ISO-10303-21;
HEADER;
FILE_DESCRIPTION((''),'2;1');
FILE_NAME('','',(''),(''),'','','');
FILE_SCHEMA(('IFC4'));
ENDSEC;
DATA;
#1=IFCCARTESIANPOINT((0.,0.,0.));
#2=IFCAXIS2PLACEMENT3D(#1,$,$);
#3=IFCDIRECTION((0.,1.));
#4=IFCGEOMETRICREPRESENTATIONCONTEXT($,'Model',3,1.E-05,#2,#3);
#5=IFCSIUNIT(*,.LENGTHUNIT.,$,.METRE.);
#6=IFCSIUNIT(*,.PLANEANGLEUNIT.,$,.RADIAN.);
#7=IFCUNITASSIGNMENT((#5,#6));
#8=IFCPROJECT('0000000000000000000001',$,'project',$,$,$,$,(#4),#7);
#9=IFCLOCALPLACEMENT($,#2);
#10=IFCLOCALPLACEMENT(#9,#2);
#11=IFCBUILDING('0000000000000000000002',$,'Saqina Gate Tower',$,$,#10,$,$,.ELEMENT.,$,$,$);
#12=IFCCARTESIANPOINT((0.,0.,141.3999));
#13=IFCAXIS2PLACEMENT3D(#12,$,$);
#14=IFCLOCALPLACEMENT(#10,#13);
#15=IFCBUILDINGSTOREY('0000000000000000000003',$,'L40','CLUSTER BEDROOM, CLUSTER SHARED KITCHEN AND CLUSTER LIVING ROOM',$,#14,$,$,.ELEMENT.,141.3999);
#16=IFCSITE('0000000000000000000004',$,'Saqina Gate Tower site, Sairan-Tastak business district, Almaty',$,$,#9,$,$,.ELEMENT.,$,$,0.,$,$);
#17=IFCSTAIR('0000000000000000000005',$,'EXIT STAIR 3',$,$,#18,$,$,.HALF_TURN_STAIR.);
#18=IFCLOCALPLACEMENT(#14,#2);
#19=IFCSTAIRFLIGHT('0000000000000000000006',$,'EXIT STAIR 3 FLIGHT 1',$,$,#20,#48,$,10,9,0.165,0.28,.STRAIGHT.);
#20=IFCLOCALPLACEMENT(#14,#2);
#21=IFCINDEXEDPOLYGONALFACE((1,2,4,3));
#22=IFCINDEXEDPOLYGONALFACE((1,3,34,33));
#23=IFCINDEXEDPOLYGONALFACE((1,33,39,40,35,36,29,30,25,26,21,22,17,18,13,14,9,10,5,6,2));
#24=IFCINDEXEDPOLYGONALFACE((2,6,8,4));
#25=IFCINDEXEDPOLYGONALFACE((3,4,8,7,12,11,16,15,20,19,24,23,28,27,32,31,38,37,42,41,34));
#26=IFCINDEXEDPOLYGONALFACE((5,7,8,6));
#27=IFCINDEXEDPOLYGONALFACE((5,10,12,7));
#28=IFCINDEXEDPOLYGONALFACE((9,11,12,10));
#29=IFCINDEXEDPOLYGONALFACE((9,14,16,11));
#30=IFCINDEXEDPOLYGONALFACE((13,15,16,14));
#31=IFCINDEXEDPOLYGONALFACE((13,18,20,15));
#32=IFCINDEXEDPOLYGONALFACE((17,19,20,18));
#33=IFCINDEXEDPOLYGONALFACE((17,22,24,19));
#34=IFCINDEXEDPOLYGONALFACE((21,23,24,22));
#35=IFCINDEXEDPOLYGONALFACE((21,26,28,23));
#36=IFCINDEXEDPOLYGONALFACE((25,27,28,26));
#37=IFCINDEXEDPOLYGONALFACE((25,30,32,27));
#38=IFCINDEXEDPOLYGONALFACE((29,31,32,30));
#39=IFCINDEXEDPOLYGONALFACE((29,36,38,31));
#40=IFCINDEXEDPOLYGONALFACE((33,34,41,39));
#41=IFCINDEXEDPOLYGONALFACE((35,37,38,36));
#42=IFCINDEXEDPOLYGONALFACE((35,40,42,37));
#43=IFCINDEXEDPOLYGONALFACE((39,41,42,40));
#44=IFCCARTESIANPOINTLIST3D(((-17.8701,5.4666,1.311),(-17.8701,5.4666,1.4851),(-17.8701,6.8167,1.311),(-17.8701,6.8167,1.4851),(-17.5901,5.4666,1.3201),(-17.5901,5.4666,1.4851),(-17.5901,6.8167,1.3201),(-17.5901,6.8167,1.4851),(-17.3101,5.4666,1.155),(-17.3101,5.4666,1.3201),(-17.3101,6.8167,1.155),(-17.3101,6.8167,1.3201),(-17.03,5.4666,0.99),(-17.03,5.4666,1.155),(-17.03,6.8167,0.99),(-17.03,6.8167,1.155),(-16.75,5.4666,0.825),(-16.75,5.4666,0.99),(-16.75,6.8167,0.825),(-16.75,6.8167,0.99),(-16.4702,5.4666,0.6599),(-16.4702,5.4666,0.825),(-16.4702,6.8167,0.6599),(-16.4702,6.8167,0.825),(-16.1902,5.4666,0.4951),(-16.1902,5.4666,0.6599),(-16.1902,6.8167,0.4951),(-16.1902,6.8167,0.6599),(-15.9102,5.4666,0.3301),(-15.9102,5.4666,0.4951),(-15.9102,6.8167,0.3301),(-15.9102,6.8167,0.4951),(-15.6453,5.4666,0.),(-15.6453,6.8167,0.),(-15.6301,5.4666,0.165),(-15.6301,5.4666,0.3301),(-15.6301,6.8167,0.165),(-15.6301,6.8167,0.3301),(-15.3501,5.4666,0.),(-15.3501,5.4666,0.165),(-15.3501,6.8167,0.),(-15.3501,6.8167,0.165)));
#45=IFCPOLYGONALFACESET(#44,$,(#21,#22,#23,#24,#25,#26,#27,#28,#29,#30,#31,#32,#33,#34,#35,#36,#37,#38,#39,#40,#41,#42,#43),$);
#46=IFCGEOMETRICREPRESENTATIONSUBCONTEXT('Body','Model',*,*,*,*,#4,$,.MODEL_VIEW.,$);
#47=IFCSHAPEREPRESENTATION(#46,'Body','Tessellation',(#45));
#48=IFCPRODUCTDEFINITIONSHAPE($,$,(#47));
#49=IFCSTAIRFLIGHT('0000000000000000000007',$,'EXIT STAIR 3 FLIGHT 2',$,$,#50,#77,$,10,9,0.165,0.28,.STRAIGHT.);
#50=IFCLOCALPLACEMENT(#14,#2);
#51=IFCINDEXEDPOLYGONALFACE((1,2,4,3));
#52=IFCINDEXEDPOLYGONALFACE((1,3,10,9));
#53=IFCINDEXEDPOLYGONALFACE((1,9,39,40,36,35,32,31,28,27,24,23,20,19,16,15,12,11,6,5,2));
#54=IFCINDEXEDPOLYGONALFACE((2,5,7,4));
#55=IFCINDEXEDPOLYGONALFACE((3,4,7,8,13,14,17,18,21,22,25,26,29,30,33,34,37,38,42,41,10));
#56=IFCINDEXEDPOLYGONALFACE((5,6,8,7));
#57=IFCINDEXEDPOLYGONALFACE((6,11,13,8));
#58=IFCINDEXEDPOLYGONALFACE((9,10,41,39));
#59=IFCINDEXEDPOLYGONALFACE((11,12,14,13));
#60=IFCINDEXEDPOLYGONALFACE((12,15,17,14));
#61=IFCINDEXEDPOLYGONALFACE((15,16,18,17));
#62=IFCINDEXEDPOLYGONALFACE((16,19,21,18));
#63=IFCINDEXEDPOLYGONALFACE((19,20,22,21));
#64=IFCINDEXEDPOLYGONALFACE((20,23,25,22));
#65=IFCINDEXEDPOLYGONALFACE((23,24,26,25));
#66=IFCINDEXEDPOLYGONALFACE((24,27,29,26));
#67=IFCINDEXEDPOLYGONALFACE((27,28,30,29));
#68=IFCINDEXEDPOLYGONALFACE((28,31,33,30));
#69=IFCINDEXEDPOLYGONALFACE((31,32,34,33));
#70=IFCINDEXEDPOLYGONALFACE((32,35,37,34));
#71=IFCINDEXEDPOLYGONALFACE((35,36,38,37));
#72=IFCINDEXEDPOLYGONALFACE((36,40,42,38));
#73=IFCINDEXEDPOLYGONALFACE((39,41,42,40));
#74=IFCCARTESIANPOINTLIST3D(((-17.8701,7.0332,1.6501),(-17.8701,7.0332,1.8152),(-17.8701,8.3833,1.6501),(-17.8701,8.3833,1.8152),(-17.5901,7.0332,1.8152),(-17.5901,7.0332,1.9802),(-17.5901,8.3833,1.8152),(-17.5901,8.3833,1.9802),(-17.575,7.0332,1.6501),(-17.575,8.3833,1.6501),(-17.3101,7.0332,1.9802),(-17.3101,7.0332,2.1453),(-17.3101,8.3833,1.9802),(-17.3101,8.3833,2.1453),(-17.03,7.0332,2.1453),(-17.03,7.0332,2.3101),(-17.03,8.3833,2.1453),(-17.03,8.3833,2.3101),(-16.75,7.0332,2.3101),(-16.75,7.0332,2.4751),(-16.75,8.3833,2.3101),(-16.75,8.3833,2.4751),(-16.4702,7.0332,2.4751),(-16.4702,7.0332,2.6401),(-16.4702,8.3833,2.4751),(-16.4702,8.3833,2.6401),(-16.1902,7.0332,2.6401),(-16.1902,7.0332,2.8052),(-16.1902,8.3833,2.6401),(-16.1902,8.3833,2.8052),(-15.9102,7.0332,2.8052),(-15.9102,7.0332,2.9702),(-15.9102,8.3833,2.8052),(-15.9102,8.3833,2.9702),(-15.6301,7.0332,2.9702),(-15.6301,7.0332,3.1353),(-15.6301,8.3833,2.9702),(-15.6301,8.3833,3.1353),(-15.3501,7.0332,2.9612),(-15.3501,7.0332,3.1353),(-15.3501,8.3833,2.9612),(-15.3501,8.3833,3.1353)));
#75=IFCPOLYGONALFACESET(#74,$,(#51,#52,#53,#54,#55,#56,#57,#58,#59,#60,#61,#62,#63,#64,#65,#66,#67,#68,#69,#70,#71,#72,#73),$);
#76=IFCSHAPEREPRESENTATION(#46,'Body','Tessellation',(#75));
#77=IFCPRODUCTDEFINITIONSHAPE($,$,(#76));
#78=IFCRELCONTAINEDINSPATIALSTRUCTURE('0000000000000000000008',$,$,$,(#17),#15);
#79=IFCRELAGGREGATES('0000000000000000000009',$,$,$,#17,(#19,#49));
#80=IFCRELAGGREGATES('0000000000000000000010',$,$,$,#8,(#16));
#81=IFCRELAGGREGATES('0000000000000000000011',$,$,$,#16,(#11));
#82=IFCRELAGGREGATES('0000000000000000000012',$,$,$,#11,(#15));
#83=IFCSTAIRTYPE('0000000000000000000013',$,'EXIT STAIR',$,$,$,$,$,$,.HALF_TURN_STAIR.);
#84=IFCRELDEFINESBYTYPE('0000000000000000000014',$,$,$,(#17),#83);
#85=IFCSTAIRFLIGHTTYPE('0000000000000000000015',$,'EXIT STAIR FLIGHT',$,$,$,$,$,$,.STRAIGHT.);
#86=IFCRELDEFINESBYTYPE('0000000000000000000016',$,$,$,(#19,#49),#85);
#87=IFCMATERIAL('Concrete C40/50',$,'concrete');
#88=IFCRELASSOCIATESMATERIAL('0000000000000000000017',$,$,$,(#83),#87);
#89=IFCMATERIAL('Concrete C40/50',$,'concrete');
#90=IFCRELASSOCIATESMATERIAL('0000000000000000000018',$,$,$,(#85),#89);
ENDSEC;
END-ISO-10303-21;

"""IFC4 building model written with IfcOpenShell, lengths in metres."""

from ifc_helpers import new_model, si_unit, direction, frame, origin, place, context, subcontext, project, spatial, polyline, outline, extrude, material, type_object, element, aggregate, save


model = new_model("IFC4")

# Units and contexts
model_context = context("Model", 3, precision=1e-05, world=origin(), true_north=direction((0.0, 1.0)))
body_context = subcontext(model_context, "Body", "Model", "MODEL_VIEW")
ifc_project = project(units=[si_unit("LENGTHUNIT", "METRE"), si_unit("PLANEANGLEUNIT", "RADIAN")], contexts=[model_context])

# Site, building, storey
site_placement = place(None, origin())
site = spatial("IfcSite", under=ifc_project, at=site_placement, Name="Saqina Gate Tower site, Sairan-Tastak business district, Almaty", CompositionType="ELEMENT", RefElevation=0.0)
building_placement = place(site_placement, origin())
building = spatial("IfcBuilding", under=site, at=building_placement, Name="Saqina Gate Tower", CompositionType="ELEMENT")
storey_placement = place(building_placement, frame((0.0, 0.0, 141.3999)))
storey = spatial("IfcBuildingStorey", under=building, at=storey_placement, Name="L40", Description="CLUSTER BEDROOM, CLUSTER SHARED KITCHEN AND CLUSTER LIVING ROOM", CompositionType="ELEMENT", Elevation=141.3999)

# Stair, stair flights
ifc_material_1 = material(Name="Concrete C40/50", Category="concrete")
stair_type = type_object("IfcStairType", Name="EXIT STAIR", PredefinedType="HALF_TURN_STAIR", material=ifc_material_1)
stair_placement = place(storey_placement, origin())
stair = element("IfcStair", 1, at=stair_placement, inside=storey, type_object=stair_type, Name="EXIT STAIR 3", PredefinedType="HALF_TURN_STAIR")
ifc_material_2 = material(Name="Concrete C40/50", Category="concrete")
stair_flight_type = type_object("IfcStairFlightType", Name="EXIT STAIR FLIGHT", PredefinedType="STRAIGHT", material=ifc_material_2)
stair_flight_1_placement = place(storey_placement, frame((-15.3501, 6.1416, 0.0), z_axis=(0.0, 0.0, 1.0), x_axis=(-1.0, 0.0, 0.0)))
stair_flight_1 = element("IfcStairFlight", 2, at=stair_flight_1_placement, type_object=stair_flight_type, Name="EXIT STAIR 3 FLIGHT 1", NumberOfRisers=10, NumberOfTreads=9, PredefinedType="STRAIGHT", RiserHeight=0.165, TreadLength=0.28, context=body_context, shape_type="SweptSolid", body=[
    extrude(outline(polyline([(0.0, 0.0), (0.0, 0.165), (0.28, 0.165), (0.28, 0.3301), (0.5601, 0.3301), (0.5601, 0.4951), (0.8401, 0.4951), (0.8401, 0.6599), (1.1201, 0.6599), (1.1201, 0.825), (1.3999, 0.825), (1.3999, 0.99), (1.6799, 0.99), (1.6799, 1.155), (1.96, 1.155), (1.96, 1.3201), (2.24, 1.3201), (2.24, 1.4851), (2.52, 1.4851), (2.52, 1.6499), (2.52, 1.311), (0.2952, 0.0), (0.0, 0.0)])), frame((0.0, 0.675, 0.0), z_axis=(0.0, -1.0, 0.0), x_axis=(1.0, 0.0, 0.0)), (0.0, 0.0, 1.0), 1.3501),
])
stair_flight_2_placement = place(storey_placement, frame((-17.8701, 7.7083, 1.6501), z_axis=(0.0, 0.0, 1.0), x_axis=(1.0, 0.0, 0.0)))
stair_flight_2 = element("IfcStairFlight", 3, at=stair_flight_2_placement, type_object=stair_flight_type, Name="EXIT STAIR 3 FLIGHT 2", NumberOfRisers=10, NumberOfTreads=9, PredefinedType="STRAIGHT", RiserHeight=0.165, TreadLength=0.28, context=body_context, shape_type="SweptSolid", body=[
    extrude(outline(polyline([(0.0, 0.0), (0.0, 0.165), (0.28, 0.165), (0.28, 0.3301), (0.5601, 0.3301), (0.5601, 0.4951), (0.8401, 0.4951), (0.8401, 0.6599), (1.1201, 0.6599), (1.1201, 0.825), (1.3999, 0.825), (1.3999, 0.99), (1.6799, 0.99), (1.6799, 1.155), (1.96, 1.155), (1.96, 1.3201), (2.24, 1.3201), (2.24, 1.4851), (2.52, 1.4851), (2.52, 1.6499), (2.52, 1.311), (0.2952, 0.0), (0.0, 0.0)])), frame((0.0, 0.675, 0.0), z_axis=(0.0, -1.0, 0.0), x_axis=(1.0, 0.0, 0.0)), (0.0, 0.0, 1.0), 1.3501),
])
aggregate(stair, [stair_flight_1, stair_flight_2])

save(model, "model.ifc")
